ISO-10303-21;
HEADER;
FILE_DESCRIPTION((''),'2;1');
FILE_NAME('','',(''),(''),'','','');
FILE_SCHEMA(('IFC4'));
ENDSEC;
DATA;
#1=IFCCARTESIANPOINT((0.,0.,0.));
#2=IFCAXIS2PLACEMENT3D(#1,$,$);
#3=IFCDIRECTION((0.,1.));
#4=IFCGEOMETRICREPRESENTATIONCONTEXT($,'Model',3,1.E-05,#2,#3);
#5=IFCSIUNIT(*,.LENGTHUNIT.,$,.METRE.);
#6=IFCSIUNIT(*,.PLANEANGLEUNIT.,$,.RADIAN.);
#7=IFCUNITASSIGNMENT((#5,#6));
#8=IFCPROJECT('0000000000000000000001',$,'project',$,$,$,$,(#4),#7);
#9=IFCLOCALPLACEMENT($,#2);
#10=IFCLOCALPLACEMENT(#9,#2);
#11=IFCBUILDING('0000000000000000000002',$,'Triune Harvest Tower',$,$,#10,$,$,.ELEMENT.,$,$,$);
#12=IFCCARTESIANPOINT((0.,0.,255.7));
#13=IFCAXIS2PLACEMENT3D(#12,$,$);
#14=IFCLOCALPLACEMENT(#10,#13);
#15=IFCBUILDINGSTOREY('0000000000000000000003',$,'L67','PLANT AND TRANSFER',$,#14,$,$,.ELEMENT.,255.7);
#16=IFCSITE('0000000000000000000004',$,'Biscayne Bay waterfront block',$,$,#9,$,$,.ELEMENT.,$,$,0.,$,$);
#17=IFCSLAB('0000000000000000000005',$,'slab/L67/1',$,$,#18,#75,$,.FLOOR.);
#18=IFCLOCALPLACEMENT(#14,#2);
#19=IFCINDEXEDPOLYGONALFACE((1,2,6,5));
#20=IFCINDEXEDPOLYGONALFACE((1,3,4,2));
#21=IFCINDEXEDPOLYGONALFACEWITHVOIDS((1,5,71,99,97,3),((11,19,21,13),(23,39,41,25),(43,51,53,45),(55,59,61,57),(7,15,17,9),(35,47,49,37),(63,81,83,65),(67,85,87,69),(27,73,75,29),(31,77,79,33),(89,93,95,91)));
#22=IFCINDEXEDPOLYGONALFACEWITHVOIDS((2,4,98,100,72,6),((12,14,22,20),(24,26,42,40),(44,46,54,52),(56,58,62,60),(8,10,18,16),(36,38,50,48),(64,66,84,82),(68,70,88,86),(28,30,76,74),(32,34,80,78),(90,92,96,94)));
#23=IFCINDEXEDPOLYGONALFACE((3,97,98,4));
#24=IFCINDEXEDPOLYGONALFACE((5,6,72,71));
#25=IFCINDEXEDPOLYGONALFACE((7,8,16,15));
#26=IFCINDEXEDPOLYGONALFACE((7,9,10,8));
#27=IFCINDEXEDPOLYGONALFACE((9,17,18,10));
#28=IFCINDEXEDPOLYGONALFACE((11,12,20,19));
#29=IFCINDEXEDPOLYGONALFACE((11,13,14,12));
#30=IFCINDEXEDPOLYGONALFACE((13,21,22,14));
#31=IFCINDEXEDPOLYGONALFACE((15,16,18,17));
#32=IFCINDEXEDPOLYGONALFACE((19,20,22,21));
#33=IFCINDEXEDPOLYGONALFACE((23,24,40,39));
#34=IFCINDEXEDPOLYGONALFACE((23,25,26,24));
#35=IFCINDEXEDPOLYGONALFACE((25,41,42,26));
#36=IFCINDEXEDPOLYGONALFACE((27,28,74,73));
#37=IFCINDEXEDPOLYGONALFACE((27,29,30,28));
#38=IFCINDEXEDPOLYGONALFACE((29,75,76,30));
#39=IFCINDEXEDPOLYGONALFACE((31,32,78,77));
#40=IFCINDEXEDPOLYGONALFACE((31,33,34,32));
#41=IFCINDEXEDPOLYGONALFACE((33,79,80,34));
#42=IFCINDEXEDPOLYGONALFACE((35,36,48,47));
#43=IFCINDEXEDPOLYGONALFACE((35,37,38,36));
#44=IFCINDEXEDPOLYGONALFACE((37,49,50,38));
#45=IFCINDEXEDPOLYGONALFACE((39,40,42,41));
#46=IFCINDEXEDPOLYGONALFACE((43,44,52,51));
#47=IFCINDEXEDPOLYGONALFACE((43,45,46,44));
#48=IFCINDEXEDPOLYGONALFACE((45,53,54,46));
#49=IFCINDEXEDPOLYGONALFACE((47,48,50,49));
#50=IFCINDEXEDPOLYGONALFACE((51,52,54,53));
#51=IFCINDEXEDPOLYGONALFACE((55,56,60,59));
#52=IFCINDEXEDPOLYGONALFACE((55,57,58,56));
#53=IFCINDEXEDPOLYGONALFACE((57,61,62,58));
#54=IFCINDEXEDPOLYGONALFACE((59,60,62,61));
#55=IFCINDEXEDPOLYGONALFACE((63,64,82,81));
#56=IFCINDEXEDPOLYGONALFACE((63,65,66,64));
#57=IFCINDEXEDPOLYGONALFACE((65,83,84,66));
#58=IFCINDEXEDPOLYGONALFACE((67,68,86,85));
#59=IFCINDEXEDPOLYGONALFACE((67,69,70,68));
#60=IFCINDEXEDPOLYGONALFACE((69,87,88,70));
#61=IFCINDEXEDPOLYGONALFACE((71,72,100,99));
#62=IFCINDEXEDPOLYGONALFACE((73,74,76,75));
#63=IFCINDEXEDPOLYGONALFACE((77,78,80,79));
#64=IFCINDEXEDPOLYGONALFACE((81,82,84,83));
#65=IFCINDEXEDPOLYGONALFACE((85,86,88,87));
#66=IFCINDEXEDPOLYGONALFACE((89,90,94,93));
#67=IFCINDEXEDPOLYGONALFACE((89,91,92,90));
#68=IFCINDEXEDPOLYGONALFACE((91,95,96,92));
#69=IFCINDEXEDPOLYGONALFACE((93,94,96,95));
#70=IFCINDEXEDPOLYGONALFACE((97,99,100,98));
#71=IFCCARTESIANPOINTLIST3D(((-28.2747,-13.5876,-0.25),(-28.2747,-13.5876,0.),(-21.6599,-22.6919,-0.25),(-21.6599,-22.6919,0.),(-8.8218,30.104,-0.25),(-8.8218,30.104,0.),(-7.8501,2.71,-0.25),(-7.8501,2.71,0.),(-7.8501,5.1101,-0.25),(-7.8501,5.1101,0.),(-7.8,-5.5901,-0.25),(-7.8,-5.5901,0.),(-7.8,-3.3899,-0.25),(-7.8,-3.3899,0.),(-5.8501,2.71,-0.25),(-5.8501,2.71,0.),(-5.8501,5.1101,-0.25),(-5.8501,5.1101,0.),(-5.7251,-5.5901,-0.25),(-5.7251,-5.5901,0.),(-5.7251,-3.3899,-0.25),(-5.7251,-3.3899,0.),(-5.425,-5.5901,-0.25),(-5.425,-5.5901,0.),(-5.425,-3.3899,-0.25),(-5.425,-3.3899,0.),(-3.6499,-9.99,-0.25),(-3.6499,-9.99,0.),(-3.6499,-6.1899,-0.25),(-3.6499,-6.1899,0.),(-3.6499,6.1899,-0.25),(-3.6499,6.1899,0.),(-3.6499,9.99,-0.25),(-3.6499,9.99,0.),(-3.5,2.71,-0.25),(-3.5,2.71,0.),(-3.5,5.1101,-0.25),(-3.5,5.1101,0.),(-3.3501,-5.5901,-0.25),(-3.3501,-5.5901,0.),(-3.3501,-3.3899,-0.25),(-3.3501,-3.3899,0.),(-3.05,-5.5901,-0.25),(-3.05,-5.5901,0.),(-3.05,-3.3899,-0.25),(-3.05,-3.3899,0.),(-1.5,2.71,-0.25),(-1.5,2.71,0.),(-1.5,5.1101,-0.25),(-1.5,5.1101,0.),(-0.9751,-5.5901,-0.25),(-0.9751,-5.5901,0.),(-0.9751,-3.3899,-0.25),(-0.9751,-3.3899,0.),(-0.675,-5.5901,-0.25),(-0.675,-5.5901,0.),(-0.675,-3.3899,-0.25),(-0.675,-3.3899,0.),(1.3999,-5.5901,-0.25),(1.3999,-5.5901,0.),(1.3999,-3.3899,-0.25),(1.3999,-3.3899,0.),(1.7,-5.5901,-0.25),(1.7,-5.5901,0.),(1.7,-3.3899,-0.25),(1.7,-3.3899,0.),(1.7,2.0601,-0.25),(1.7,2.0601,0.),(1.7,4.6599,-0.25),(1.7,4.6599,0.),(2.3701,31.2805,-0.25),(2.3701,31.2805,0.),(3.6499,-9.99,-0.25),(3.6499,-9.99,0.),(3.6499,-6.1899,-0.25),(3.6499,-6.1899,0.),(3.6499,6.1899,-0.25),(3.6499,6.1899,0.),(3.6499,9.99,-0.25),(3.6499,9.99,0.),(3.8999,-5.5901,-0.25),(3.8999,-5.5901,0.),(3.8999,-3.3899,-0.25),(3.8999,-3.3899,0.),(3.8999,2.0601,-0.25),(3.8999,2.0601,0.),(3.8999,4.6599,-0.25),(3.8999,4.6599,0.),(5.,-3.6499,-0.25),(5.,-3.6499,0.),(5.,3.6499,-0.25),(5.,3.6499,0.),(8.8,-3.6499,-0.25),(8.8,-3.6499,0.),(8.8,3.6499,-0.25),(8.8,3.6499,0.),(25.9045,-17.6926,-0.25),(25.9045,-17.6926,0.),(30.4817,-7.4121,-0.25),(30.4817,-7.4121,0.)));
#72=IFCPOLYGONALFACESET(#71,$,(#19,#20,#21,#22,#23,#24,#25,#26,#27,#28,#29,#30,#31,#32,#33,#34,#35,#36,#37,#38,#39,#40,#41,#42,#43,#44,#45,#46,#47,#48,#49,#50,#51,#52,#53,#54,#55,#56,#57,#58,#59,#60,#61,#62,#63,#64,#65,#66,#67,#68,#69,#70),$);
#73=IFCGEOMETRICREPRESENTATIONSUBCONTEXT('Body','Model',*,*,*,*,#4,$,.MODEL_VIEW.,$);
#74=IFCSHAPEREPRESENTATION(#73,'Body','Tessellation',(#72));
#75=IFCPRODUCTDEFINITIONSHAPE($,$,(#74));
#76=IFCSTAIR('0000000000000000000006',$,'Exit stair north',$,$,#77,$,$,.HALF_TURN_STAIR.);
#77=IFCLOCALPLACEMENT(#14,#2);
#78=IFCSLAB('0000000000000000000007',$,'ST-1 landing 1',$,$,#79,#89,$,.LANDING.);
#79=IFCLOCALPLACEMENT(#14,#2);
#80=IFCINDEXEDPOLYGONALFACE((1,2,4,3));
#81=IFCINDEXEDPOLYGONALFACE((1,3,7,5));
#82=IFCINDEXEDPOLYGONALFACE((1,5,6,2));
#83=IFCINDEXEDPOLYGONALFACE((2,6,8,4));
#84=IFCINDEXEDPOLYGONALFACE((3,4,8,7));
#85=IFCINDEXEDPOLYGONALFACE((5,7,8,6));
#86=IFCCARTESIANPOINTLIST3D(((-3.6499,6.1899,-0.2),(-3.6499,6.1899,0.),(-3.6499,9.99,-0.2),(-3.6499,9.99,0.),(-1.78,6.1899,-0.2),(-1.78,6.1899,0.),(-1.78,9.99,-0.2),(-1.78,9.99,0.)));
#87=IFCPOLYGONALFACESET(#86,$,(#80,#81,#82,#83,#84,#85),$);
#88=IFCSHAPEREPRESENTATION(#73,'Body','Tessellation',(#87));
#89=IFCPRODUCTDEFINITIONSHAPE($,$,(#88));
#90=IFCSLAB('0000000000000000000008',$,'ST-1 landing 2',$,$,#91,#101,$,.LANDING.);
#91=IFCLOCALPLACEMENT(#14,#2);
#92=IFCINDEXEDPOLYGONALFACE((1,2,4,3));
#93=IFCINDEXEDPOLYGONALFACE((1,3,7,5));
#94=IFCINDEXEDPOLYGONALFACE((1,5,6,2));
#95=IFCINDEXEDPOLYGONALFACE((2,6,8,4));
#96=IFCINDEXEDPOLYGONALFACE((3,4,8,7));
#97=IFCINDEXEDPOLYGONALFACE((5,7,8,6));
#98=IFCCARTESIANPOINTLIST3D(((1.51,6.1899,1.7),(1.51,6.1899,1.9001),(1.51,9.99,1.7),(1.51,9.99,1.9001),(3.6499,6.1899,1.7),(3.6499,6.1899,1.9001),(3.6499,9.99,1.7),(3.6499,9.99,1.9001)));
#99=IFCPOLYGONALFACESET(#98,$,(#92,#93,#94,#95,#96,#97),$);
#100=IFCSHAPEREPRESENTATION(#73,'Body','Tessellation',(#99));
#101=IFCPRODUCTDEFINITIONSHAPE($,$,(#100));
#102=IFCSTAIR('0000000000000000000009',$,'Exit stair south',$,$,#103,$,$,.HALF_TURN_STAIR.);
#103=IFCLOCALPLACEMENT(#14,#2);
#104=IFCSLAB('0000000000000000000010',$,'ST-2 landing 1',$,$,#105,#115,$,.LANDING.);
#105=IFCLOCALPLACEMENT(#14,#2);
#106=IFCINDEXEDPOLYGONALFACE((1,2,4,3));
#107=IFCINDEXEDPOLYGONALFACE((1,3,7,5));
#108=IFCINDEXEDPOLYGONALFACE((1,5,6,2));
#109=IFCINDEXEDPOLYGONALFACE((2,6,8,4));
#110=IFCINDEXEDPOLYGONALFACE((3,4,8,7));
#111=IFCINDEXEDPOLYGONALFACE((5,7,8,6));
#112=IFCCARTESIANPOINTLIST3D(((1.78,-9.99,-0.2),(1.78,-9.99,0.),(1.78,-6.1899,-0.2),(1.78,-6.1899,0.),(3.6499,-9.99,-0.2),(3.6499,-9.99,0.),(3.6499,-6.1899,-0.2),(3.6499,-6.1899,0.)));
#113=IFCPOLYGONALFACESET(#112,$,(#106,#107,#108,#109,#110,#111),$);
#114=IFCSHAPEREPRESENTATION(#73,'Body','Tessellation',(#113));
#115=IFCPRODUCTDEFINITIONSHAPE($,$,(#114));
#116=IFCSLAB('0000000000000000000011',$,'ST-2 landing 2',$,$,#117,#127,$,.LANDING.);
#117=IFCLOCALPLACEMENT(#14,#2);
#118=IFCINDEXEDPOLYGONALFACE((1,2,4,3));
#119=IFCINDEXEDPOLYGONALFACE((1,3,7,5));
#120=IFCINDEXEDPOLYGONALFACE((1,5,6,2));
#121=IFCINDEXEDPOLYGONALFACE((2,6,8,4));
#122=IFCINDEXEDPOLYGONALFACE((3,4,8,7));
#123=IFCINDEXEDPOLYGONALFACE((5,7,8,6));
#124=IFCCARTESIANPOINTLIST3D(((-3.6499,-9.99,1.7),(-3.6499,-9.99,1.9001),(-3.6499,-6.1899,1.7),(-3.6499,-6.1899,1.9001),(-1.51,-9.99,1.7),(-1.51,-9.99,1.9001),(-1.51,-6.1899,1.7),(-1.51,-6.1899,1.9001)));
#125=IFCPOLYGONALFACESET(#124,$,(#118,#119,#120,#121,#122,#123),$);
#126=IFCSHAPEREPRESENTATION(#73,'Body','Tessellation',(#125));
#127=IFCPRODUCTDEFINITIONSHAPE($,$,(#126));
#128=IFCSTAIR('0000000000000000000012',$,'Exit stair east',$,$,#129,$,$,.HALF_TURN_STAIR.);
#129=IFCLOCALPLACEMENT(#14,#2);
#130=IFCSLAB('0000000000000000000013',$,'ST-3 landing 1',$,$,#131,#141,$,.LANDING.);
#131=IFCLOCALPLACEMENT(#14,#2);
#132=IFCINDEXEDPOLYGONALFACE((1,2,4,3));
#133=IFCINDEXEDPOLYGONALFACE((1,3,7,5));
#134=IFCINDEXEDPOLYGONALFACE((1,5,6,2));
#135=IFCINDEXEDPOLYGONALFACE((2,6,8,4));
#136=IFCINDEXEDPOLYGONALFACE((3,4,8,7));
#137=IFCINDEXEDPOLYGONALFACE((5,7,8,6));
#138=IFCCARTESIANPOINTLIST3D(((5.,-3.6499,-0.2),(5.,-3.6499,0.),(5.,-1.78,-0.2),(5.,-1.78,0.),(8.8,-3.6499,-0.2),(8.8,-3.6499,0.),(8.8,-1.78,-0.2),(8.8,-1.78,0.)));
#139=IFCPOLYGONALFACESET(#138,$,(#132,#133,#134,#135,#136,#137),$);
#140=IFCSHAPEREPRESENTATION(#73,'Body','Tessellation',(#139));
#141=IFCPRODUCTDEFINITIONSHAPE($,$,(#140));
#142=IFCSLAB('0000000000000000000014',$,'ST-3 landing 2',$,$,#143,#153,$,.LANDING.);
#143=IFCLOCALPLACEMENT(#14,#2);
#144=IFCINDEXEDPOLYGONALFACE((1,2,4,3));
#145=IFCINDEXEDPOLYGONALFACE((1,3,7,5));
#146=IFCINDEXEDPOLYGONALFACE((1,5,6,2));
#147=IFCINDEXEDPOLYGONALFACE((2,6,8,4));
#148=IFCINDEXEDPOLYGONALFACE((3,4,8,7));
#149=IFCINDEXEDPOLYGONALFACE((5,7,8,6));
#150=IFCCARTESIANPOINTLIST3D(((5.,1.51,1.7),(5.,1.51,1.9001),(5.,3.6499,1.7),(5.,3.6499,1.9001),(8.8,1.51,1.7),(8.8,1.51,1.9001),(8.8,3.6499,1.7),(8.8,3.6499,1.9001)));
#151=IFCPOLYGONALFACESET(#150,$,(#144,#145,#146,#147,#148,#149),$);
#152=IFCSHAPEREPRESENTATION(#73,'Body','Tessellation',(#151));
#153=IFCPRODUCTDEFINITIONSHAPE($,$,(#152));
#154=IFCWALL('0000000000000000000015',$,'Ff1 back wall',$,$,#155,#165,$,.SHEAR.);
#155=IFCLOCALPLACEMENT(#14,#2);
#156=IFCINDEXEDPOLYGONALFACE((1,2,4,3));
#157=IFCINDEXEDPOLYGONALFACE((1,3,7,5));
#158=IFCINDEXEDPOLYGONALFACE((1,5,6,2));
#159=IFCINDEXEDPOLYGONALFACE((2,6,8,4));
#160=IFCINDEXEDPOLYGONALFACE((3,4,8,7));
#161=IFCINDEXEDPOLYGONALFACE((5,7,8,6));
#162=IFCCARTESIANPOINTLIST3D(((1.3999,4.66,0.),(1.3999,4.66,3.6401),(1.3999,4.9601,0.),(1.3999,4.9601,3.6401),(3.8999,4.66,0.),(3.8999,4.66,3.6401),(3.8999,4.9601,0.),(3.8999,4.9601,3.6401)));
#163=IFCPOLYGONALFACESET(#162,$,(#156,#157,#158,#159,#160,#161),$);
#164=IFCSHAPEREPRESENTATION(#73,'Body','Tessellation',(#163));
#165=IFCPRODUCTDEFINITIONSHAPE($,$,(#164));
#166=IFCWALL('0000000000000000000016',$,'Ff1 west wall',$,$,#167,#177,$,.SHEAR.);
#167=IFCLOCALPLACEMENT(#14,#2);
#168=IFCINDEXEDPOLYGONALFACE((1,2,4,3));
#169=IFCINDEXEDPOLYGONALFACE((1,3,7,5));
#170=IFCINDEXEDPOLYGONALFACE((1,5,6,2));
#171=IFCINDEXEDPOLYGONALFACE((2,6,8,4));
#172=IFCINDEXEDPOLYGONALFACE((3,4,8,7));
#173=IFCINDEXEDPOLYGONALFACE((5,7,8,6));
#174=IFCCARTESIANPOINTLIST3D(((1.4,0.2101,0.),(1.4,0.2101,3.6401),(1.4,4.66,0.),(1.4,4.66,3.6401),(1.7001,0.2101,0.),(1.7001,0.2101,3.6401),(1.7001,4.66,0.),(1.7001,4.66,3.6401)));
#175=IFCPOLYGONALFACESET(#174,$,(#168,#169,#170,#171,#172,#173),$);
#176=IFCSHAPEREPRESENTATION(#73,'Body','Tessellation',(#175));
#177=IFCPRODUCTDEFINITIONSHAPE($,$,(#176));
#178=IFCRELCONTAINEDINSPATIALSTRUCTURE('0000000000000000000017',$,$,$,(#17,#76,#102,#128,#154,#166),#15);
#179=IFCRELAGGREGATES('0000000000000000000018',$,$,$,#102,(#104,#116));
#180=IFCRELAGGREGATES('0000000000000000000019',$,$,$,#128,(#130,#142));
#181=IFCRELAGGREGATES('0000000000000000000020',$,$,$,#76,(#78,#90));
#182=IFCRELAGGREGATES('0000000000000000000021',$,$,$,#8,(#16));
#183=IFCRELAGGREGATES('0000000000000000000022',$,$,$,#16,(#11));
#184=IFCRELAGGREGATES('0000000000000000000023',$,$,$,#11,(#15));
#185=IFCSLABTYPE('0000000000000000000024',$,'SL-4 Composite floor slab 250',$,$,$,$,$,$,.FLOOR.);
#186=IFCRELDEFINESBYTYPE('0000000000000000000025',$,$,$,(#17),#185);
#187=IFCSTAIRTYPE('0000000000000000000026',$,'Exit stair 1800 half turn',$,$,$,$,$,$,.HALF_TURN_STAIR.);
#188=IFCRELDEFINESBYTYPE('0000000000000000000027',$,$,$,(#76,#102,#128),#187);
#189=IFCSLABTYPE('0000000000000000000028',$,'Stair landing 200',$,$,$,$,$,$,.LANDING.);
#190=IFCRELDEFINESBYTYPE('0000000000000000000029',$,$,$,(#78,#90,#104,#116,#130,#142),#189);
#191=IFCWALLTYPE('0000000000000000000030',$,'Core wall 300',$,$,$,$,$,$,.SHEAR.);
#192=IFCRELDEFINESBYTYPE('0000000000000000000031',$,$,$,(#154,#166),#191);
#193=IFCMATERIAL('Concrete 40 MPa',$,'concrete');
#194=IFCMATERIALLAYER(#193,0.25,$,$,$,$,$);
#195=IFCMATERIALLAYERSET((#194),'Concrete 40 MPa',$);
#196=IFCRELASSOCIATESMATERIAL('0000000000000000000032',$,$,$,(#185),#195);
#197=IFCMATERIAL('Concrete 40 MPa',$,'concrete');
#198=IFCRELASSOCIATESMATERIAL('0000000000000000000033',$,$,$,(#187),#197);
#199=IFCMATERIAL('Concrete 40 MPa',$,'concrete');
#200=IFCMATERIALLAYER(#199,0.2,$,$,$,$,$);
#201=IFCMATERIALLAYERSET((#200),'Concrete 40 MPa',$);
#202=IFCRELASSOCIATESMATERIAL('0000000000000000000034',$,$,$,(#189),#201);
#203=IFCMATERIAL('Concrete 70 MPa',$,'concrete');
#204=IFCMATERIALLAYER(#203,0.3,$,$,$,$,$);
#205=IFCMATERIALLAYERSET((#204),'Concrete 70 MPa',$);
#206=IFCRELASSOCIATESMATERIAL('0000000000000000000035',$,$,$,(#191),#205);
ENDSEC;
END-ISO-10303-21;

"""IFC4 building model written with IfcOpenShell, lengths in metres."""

from ifc_helpers import new_model, si_unit, direction, frame, frame_2d, origin, place, context, subcontext, project, spatial, polyline, rectangle, outline, extrude, source, transform, mapped, material, layer, layer_set, type_object, element, aggregate, save


model = new_model("IFC4")

# Units and contexts
model_context = context("Model", 3, precision=1e-05, world=origin(), true_north=direction((0.0, 1.0)))
body_context = subcontext(model_context, "Body", "Model", "MODEL_VIEW")
ifc_project = project(units=[si_unit("LENGTHUNIT", "METRE"), si_unit("PLANEANGLEUNIT", "RADIAN")], contexts=[model_context])

# Site, building, storey
site_placement = place(None, origin())
site = spatial("IfcSite", under=ifc_project, at=site_placement, Name="Biscayne Bay waterfront block", CompositionType="ELEMENT", RefElevation=0.0)
building_placement = place(site_placement, origin())
building = spatial("IfcBuilding", under=site, at=building_placement, Name="Triune Harvest Tower", CompositionType="ELEMENT")
storey_placement = place(building_placement, frame((0.0, 0.0, 255.7)))
storey = spatial("IfcBuildingStorey", under=building, at=storey_placement, Name="L67", Description="PLANT AND TRANSFER", CompositionType="ELEMENT", Elevation=255.7)

# Slab
ifc_material_1 = material(Name="Concrete 40 MPa", Category="concrete")
ifc_layer_1 = layer(ifc_material_1, 0.25)
ifc_layer_set_1 = layer_set([ifc_layer_1], Name="Concrete 40 MPa")
slab_type_1 = type_object("IfcSlabType", Name="SL-4 Composite floor slab 250", PredefinedType="FLOOR", material=ifc_layer_set_1)
slab_1_placement = place(storey_placement, frame((0.0, 0.0, -0.25)))
element("IfcSlab", 1, at=slab_1_placement, inside=storey, type_object=slab_type_1, Name="slab/L67/1", PredefinedType="FLOOR", context=body_context, shape_type="SweptSolid", body=[
    extrude(outline(polyline([(30.4817, -7.4121), (2.3701, 31.2805), (-8.8218, 30.104), (-28.2747, -13.5876), (-21.6599, -22.6919), (25.9045, -17.6926), (30.4817, -7.4121)]), holes=[polyline([(-5.7251, -5.5901), (-5.7251, -3.3899), (-7.8, -3.3899), (-7.8, -5.5901), (-5.7251, -5.5901)]), polyline([(-3.3501, -5.5901), (-3.3501, -3.3899), (-5.425, -3.3899), (-5.425, -5.5901), (-3.3501, -5.5901)]), polyline([(-0.9751, -5.5901), (-0.9751, -3.3899), (-3.05, -3.3899), (-3.05, -5.5901), (-0.9751, -5.5901)]), polyline([(1.3999, -5.5901), (1.3999, -3.3899), (-0.675, -3.3899), (-0.675, -5.5901), (1.3999, -5.5901)]), polyline([(3.8999, 2.0601), (3.8999, 4.6599), (1.7, 4.6599), (1.7, 2.0601), (3.8999, 2.0601)]), polyline([(3.8999, -5.5901), (3.8999, -3.3899), (1.7, -3.3899), (1.7, -5.5901), (3.8999, -5.5901)]), polyline([(-5.8501, 2.71), (-5.8501, 5.1101), (-7.8501, 5.1101), (-7.8501, 2.71), (-5.8501, 2.71)]), polyline([(-1.5, 2.71), (-1.5, 5.1101), (-3.5, 5.1101), (-3.5, 2.71), (-1.5, 2.71)]), polyline([(3.6499, 6.1899), (3.6499, 9.99), (-3.6499, 9.99), (-3.6499, 6.1899), (3.6499, 6.1899)]), polyline([(3.6499, -9.99), (3.6499, -6.1899), (-3.6499, -6.1899), (-3.6499, -9.99), (3.6499, -9.99)]), polyline([(8.8, -3.6499), (8.8, 3.6499), (5.0, 3.6499), (5.0, -3.6499), (8.8, -3.6499)])]), origin(), (0.0, 0.0, 1.0), 0.25),
])

# Stairs, slabs
ifc_material_2 = material(Name="Concrete 40 MPa", Category="concrete")
stair_type = type_object("IfcStairType", Name="Exit stair 1800 half turn", PredefinedType="HALF_TURN_STAIR", material=ifc_material_2)
stair_1_placement = place(storey_placement, origin())
stair_1 = element("IfcStair", 2, at=stair_1_placement, inside=storey, type_object=stair_type, Name="Exit stair north", PredefinedType="HALF_TURN_STAIR")
ifc_material_3 = material(Name="Concrete 40 MPa", Category="concrete")
ifc_layer_2 = layer(ifc_material_3, 0.2)
ifc_layer_set_2 = layer_set([ifc_layer_2], Name="Concrete 40 MPa")
slab_type_2 = type_object("IfcSlabType", Name="Stair landing 200", PredefinedType="LANDING", material=ifc_layer_set_2)
shared_shape_1 = source(origin(), body_context, "Body", "SweptSolid", [
    extrude(outline(polyline([(-3.6499, 6.1899), (-1.78, 6.1899), (-1.78, 9.99), (-3.6499, 9.99), (-3.6499, 6.1899)])), origin(), (0.0, 0.0, 1.0), 0.2),
])
slab_2_placement = place(storey_placement, frame((0.0, 0.0, -0.2)))
slab_2 = element("IfcSlab", 3, at=slab_2_placement, type_object=slab_type_2, Name="ST-1 landing 1", PredefinedType="LANDING", context=body_context, shape_type="MappedRepresentation", body=[
    mapped(shared_shape_1, transform((0.0, 0.0, 0.0), scale=1.0)),
])
shared_shape_2 = source(origin(), body_context, "Body", "SweptSolid", [
    extrude(outline(polyline([(1.51, 6.1899), (3.6499, 6.1899), (3.6499, 9.99), (1.51, 9.99), (1.51, 6.1899)])), origin(), (0.0, 0.0, 1.0), 0.2002),
])
slab_3_placement = place(storey_placement, frame((0.0, 0.0, 1.7)))
slab_3 = element("IfcSlab", 4, at=slab_3_placement, type_object=slab_type_2, Name="ST-1 landing 2", PredefinedType="LANDING", context=body_context, shape_type="MappedRepresentation", body=[
    mapped(shared_shape_2, transform((0.0, 0.0, 0.0), scale=1.0)),
])
stair_2_placement = place(storey_placement, origin())
stair_2 = element("IfcStair", 5, at=stair_2_placement, inside=storey, type_object=stair_type, Name="Exit stair south", PredefinedType="HALF_TURN_STAIR")
shared_shape_3 = source(origin(), body_context, "Body", "SweptSolid", [
    extrude(outline(polyline([(3.6499, -6.1899), (1.78, -6.1899), (1.78, -9.99), (3.6499, -9.99), (3.6499, -6.1899)])), origin(), (0.0, 0.0, 1.0), 0.2),
])
slab_4_placement = place(storey_placement, frame((0.0, 0.0, -0.2)))
slab_4 = element("IfcSlab", 6, at=slab_4_placement, type_object=slab_type_2, Name="ST-2 landing 1", PredefinedType="LANDING", context=body_context, shape_type="MappedRepresentation", body=[
    mapped(shared_shape_3, transform((0.0, 0.0, 0.0), scale=1.0)),
])
shared_shape_4 = source(origin(), body_context, "Body", "SweptSolid", [
    extrude(outline(polyline([(-1.51, -6.1899), (-3.6499, -6.1899), (-3.6499, -9.99), (-1.51, -9.99), (-1.51, -6.1899)])), origin(), (0.0, 0.0, 1.0), 0.2002),
])
slab_5_placement = place(storey_placement, frame((0.0, 0.0, 1.7)))
slab_5 = element("IfcSlab", 7, at=slab_5_placement, type_object=slab_type_2, Name="ST-2 landing 2", PredefinedType="LANDING", context=body_context, shape_type="MappedRepresentation", body=[
    mapped(shared_shape_4, transform((0.0, 0.0, 0.0), scale=1.0)),
])
aggregate(stair_2, [slab_4, slab_5])
stair_3_placement = place(storey_placement, origin())
stair_3 = element("IfcStair", 8, at=stair_3_placement, inside=storey, type_object=stair_type, Name="Exit stair east", PredefinedType="HALF_TURN_STAIR")
shared_shape_5 = source(origin(), body_context, "Body", "SweptSolid", [
    extrude(outline(polyline([(8.8, -3.6499), (8.8, -1.78), (5.0, -1.78), (5.0, -3.6499), (8.8, -3.6499)])), origin(), (0.0, 0.0, 1.0), 0.2),
])
slab_6_placement = place(storey_placement, frame((0.0, 0.0, -0.2)))
slab_6 = element("IfcSlab", 9, at=slab_6_placement, type_object=slab_type_2, Name="ST-3 landing 1", PredefinedType="LANDING", context=body_context, shape_type="MappedRepresentation", body=[
    mapped(shared_shape_5, transform((0.0, 0.0, 0.0), scale=1.0)),
])
shared_shape_6 = source(origin(), body_context, "Body", "SweptSolid", [
    extrude(outline(polyline([(8.8, 1.51), (8.8, 3.6499), (5.0, 3.6499), (5.0, 1.51), (8.8, 1.51)])), origin(), (0.0, 0.0, 1.0), 0.2002),
])
slab_7_placement = place(storey_placement, frame((0.0, 0.0, 1.7)))
slab_7 = element("IfcSlab", 10, at=slab_7_placement, type_object=slab_type_2, Name="ST-3 landing 2", PredefinedType="LANDING", context=body_context, shape_type="MappedRepresentation", body=[
    mapped(shared_shape_6, transform((0.0, 0.0, 0.0), scale=1.0)),
])
aggregate(stair_3, [slab_6, slab_7])

# Walls
ifc_material_4 = material(Name="Concrete 70 MPa", Category="concrete")
ifc_layer_3 = layer(ifc_material_4, 0.3)
ifc_layer_set_3 = layer_set([ifc_layer_3], Name="Concrete 70 MPa")
wall_type_1 = type_object("IfcWallType", Name="Core wall 300", PredefinedType="SHEAR", material=ifc_layer_set_3)
shared_shape_7 = source(origin(), body_context, "Body", "SweptSolid", [
    extrude(rectangle(XDim=2.5, YDim=0.3, at=frame_2d((1.25, 0.0))), origin(), (0.0, 0.0, 1.0), 3.6401),
])
wall_1_placement = place(storey_placement, frame((1.3999, 4.8101, 0.0), z_axis=(0.0, 0.0, 1.0), x_axis=(1.0, 0.0, 0.0)))
element("IfcWall", 11, at=wall_1_placement, inside=storey, type_object=wall_type_1, Name="Ff1 back wall", PredefinedType="SHEAR", context=body_context, shape_type="MappedRepresentation", body=[
    mapped(shared_shape_7, transform((0.0, 0.0, 0.0), scale=1.0)),
])
shared_shape_8 = source(origin(), body_context, "Body", "SweptSolid", [
    extrude(rectangle(XDim=4.45, YDim=0.3, at=frame_2d((2.2251, 0.0))), origin(), (0.0, 0.0, 1.0), 3.6401),
])
wall_2_placement = place(storey_placement, frame((1.55, 0.21, 0.0), z_axis=(0.0, 0.0, 1.0), x_axis=(0.0, 1.0, 0.0)))
element("IfcWall", 12, at=wall_2_placement, inside=storey, type_object=wall_type_1, Name="Ff1 west wall", PredefinedType="SHEAR", context=body_context, shape_type="MappedRepresentation", body=[
    mapped(shared_shape_8, transform((0.0, 0.0, 0.0), scale=1.0)),
])

aggregate(stair_1, [slab_2, slab_3])

save(model, "model.ifc")
